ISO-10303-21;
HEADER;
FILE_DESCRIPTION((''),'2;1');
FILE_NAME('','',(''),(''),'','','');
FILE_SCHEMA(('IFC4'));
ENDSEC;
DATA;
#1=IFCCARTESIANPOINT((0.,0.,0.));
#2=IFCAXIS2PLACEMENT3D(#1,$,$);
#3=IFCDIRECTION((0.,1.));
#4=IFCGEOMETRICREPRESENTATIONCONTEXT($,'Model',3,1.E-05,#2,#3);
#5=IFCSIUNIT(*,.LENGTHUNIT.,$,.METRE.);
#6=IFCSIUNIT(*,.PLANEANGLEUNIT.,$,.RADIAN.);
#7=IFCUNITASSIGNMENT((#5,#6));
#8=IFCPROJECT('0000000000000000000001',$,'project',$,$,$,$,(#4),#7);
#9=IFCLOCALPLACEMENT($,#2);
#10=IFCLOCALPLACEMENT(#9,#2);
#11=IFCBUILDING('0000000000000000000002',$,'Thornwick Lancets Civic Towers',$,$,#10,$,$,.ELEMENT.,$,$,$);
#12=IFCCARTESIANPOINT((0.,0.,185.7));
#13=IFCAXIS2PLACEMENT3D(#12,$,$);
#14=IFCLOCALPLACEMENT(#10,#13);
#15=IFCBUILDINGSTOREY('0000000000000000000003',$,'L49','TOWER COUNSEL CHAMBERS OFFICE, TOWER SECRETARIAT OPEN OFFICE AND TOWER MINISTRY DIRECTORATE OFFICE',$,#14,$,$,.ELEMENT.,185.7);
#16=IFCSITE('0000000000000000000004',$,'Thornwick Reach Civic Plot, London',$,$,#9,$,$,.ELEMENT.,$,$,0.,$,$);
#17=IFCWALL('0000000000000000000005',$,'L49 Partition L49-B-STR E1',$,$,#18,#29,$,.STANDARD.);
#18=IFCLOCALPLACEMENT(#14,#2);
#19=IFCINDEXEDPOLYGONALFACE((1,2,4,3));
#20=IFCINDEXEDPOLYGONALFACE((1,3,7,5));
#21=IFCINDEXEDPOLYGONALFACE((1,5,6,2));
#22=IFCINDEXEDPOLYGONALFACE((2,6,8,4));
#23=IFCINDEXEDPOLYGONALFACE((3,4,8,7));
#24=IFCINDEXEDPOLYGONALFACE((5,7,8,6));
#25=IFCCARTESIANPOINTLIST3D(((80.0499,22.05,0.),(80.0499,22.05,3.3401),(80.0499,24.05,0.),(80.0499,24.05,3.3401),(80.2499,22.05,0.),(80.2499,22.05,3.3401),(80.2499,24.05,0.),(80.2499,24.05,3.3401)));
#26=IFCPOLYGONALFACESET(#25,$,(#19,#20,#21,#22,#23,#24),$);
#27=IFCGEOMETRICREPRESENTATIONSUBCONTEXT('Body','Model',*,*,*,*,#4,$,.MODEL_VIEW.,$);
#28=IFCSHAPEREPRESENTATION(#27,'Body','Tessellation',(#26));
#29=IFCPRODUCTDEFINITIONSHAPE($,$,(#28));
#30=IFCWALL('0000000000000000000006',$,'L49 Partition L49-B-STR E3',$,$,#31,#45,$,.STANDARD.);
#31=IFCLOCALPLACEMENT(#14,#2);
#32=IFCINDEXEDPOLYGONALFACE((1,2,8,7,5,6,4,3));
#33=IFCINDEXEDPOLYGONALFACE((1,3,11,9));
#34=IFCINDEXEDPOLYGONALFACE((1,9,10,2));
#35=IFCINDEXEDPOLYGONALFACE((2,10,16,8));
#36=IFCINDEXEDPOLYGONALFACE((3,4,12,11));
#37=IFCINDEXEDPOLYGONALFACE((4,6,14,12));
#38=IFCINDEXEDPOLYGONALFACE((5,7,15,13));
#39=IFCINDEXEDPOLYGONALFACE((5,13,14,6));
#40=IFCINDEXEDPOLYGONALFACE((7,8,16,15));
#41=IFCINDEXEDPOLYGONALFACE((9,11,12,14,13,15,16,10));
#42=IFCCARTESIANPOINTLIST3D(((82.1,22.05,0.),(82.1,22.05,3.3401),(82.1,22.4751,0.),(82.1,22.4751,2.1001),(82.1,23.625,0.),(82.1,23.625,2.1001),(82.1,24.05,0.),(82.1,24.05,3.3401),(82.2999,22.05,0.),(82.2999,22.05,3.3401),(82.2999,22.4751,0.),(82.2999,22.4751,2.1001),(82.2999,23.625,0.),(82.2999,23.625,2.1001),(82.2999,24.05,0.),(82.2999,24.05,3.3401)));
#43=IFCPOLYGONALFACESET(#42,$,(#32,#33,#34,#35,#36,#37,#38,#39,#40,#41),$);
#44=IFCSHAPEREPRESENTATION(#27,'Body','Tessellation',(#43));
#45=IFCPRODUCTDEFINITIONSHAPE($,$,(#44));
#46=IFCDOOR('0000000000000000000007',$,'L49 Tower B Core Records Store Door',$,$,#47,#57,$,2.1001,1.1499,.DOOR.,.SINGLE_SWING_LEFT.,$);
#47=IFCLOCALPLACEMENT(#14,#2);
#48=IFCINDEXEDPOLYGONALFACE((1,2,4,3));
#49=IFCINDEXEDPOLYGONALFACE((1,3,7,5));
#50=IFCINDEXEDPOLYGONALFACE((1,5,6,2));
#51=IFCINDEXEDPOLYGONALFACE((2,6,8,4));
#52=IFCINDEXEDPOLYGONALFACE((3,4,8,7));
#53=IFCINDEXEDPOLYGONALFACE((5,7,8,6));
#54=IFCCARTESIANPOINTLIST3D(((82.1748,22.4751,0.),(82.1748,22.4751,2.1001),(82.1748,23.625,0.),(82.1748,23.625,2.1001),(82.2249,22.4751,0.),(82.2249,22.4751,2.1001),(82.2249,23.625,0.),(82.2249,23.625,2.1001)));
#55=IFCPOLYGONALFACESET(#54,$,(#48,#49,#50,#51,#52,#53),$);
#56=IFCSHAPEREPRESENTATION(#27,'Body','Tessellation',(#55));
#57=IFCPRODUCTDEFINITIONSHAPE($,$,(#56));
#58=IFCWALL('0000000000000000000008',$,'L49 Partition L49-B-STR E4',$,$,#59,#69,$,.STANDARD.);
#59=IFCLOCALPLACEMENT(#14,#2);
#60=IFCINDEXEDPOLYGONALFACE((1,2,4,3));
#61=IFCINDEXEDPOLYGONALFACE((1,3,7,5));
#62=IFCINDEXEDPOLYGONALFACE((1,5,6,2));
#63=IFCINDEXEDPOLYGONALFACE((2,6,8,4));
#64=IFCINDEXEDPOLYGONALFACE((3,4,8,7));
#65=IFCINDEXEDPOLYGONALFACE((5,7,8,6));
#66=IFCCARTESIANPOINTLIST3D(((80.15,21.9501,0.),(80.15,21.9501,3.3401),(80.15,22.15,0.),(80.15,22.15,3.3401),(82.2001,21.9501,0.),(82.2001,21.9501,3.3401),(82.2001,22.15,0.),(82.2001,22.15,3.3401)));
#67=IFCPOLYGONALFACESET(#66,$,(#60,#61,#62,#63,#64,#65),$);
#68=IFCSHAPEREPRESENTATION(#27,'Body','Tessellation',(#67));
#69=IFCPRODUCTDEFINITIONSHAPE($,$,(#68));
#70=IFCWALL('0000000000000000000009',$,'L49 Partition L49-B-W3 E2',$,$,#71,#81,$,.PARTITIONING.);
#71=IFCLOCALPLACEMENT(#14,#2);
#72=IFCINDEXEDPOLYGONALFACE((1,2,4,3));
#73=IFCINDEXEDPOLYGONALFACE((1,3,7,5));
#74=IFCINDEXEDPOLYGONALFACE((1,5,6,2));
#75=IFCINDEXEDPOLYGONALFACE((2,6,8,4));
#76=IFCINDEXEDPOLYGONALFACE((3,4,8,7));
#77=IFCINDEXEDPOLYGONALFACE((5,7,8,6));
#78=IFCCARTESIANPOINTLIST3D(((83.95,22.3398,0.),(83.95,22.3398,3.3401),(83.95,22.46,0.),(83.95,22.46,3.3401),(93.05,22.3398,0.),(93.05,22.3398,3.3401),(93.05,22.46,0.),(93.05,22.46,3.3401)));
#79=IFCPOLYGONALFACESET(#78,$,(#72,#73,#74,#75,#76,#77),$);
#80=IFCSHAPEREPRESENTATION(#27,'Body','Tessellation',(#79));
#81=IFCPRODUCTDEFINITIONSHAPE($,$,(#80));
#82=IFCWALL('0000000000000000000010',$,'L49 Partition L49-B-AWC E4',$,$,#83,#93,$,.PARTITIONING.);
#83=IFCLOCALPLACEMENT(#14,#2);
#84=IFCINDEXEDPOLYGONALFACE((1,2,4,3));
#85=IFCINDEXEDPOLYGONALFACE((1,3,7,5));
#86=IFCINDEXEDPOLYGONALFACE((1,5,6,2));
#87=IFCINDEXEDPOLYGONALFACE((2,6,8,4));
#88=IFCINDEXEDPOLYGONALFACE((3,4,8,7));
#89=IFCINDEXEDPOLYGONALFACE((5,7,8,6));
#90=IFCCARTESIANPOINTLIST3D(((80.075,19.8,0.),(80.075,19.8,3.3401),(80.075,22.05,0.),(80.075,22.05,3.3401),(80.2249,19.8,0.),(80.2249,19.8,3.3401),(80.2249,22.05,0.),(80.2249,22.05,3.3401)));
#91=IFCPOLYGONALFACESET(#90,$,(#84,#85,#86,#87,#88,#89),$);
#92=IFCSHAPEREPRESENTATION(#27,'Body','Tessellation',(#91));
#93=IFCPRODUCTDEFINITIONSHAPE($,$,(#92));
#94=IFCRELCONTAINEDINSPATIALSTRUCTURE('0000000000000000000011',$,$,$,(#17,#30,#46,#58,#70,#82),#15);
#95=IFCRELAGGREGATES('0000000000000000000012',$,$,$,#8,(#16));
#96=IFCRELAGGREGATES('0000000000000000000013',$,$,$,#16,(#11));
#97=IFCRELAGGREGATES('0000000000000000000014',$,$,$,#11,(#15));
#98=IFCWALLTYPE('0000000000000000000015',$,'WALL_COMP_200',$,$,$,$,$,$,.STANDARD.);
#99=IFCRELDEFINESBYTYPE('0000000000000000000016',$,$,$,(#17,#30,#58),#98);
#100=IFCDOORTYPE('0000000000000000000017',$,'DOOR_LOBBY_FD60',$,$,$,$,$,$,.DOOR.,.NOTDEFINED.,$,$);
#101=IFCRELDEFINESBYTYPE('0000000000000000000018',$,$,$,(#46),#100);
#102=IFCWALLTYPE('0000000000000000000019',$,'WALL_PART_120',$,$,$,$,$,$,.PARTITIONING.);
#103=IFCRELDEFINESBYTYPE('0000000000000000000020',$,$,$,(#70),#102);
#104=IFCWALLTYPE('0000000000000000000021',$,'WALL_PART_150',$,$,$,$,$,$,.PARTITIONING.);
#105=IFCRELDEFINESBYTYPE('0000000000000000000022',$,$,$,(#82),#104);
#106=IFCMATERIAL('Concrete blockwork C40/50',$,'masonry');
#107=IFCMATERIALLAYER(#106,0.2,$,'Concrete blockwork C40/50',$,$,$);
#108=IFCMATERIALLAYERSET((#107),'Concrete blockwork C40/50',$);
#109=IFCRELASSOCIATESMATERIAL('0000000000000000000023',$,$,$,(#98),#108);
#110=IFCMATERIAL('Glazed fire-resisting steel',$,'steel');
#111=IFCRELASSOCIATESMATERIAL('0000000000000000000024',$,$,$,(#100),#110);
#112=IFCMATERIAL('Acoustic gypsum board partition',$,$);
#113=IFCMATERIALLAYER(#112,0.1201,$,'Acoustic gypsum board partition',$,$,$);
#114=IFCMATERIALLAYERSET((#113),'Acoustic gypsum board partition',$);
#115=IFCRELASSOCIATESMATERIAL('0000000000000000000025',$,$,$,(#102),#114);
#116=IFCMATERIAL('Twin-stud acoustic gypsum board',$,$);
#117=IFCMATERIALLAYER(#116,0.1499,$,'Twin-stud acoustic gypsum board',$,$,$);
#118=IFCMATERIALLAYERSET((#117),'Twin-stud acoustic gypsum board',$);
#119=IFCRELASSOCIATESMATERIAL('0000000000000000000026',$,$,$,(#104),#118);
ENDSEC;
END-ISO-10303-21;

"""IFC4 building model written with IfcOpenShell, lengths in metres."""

from ifc_helpers import new_model, si_unit, direction, frame, frame_2d, origin, place, context, subcontext, project, spatial, rectangle, extrude, material, layer, layer_set, type_object, element, fill, save


model = new_model("IFC4")

# Units and contexts
model_context = context("Model", 3, precision=1e-05, world=origin(), true_north=direction((0.0, 1.0)))
body_context = subcontext(model_context, "Body", "Model", "MODEL_VIEW")
ifc_project = project(units=[si_unit("LENGTHUNIT", "METRE"), si_unit("PLANEANGLEUNIT", "RADIAN")], contexts=[model_context])

# Site, building, storey
site_placement = place(None, origin())
site = spatial("IfcSite", under=ifc_project, at=site_placement, Name="Thornwick Reach Civic Plot, London", CompositionType="ELEMENT", RefElevation=0.0)
building_placement = place(site_placement, origin())
building = spatial("IfcBuilding", under=site, at=building_placement, Name="Thornwick Lancets Civic Towers", CompositionType="ELEMENT")
storey_placement = place(building_placement, frame((0.0, 0.0, 185.7)))
storey = spatial("IfcBuildingStorey", under=building, at=storey_placement, Name="L49", Description="TOWER COUNSEL CHAMBERS OFFICE, TOWER SECRETARIAT OPEN OFFICE AND TOWER MINISTRY DIRECTORATE OFFICE", CompositionType="ELEMENT", Elevation=185.7)

# Shared definitions
ifc_material_1 = material(Name="Concrete blockwork C40/50", Category="masonry")
ifc_layer_1 = layer(ifc_material_1, 0.2, Name="Concrete blockwork C40/50")
ifc_layer_set_1 = layer_set([ifc_layer_1], Name="Concrete blockwork C40/50")
wall_type_1 = type_object("IfcWallType", Name="WALL_COMP_200", PredefinedType="STANDARD", material=ifc_layer_set_1)

# Wall
wall_1_placement = place(storey_placement, frame((80.1499, 22.05, 0.0), z_axis=(0.0, 0.0, 1.0), x_axis=(0.0, 1.0, 0.0)))
element("IfcWall", 1, at=wall_1_placement, inside=storey, type_object=wall_type_1, Name="L49 Partition L49-B-STR E1", PredefinedType="STANDARD", context=body_context, shape_type="SweptSolid", body=[
    extrude(rectangle(XDim=2.0, YDim=0.2, at=frame_2d((1.0, 0.0))), origin(), (0.0, 0.0, 1.0), 3.3401),
])

# Wall, opening, door
wall_2_placement = place(storey_placement, frame((82.2, 24.05, 0.0), z_axis=(0.0, 0.0, 1.0), x_axis=(0.0, -1.0, 0.0)))
wall_2 = element("IfcWall", 2, at=wall_2_placement, inside=storey, type_object=wall_type_1, Name="L49 Partition L49-B-STR E3", PredefinedType="STANDARD", context=body_context, shape_type="SweptSolid", body=[
    extrude(rectangle(XDim=2.0, YDim=0.2, at=frame_2d((1.0, 0.0))), origin(), (0.0, 0.0, 1.0), 3.3401),
])
opening_1_placement = place(wall_2_placement, frame((0.425, 0.0, 0.0)))
opening_1 = element("IfcOpeningElement", 3, at=opening_1_placement, cuts=wall_2, PredefinedType="OPENING", context=body_context, shape_type="SweptSolid", body=[
    extrude(rectangle(XDim=1.1499, YDim=2.1001, at=frame_2d((0.575, 1.05))), frame((0.0, 0.1099, 0.0), z_axis=(0.0, -1.0, 0.0), x_axis=(1.0, 0.0, 0.0)), (0.0, 0.0, 1.0), 0.22),
])
ifc_material_2 = material(Name="Glazed fire-resisting steel", Category="steel")
door_type_1 = type_object("IfcDoorType", Name="DOOR_LOBBY_FD60", OperationType="NOTDEFINED", PredefinedType="DOOR", material=ifc_material_2)
door_1_placement = place(opening_1_placement, origin())
door_1 = element("IfcDoor", 4, at=door_1_placement, inside=storey, type_object=door_type_1, Name="L49 Tower B Core Records Store Door", OperationType="SINGLE_SWING_LEFT", OverallHeight=2.1001, OverallWidth=1.1499, PredefinedType="DOOR", context=body_context, shape_type="SweptSolid", body=[
    extrude(rectangle(XDim=1.1499, YDim=2.1001, at=frame_2d((0.575, 1.05))), frame((0.0, 0.0249, 0.0), z_axis=(0.0, -1.0, 0.0), x_axis=(1.0, 0.0, 0.0)), (0.0, 0.0, 1.0), 0.05),
])
fill(opening_1, door_1)

# Walls
wall_3_placement = place(storey_placement, frame((82.2, 22.05, 0.0), z_axis=(0.0, 0.0, 1.0), x_axis=(-1.0, 0.0, 0.0)))
element("IfcWall", 5, at=wall_3_placement, inside=storey, type_object=wall_type_1, Name="L49 Partition L49-B-STR E4", PredefinedType="STANDARD", context=body_context, shape_type="SweptSolid", body=[
    extrude(rectangle(XDim=2.05, YDim=0.2, at=frame_2d((1.0249, 0.0))), origin(), (0.0, 0.0, 1.0), 3.3401),
])
ifc_material_3 = material(Name="Acoustic gypsum board partition")
ifc_layer_2 = layer(ifc_material_3, 0.1201, Name="Acoustic gypsum board partition")
ifc_layer_set_2 = layer_set([ifc_layer_2], Name="Acoustic gypsum board partition")
wall_type_2 = type_object("IfcWallType", Name="WALL_PART_120", PredefinedType="PARTITIONING", material=ifc_layer_set_2)
wall_4_placement = place(storey_placement, frame((83.95, 22.3999, 0.0), z_axis=(0.0, 0.0, 1.0), x_axis=(1.0, 0.0, 0.0)))
element("IfcWall", 6, at=wall_4_placement, inside=storey, type_object=wall_type_2, Name="L49 Partition L49-B-W3 E2", PredefinedType="PARTITIONING", context=body_context, shape_type="SweptSolid", body=[
    extrude(rectangle(XDim=9.1001, YDim=0.1201, at=frame_2d((4.55, 0.0))), origin(), (0.0, 0.0, 1.0), 3.3401),
])
ifc_material_4 = material(Name="Twin-stud acoustic gypsum board")
ifc_layer_3 = layer(ifc_material_4, 0.1499, Name="Twin-stud acoustic gypsum board")
ifc_layer_set_3 = layer_set([ifc_layer_3], Name="Twin-stud acoustic gypsum board")
wall_type_3 = type_object("IfcWallType", Name="WALL_PART_150", PredefinedType="PARTITIONING", material=ifc_layer_set_3)
wall_5_placement = place(storey_placement, frame((80.1499, 22.05, 0.0), z_axis=(0.0, 0.0, 1.0), x_axis=(0.0, -1.0, 0.0)))
element("IfcWall", 7, at=wall_5_placement, inside=storey, type_object=wall_type_3, Name="L49 Partition L49-B-AWC E4", PredefinedType="PARTITIONING", context=body_context, shape_type="SweptSolid", body=[
    extrude(rectangle(XDim=2.25, YDim=0.1499, at=frame_2d((1.125, 0.0))), origin(), (0.0, 0.0, 1.0), 3.3401),
])

save(model, "model.ifc")
